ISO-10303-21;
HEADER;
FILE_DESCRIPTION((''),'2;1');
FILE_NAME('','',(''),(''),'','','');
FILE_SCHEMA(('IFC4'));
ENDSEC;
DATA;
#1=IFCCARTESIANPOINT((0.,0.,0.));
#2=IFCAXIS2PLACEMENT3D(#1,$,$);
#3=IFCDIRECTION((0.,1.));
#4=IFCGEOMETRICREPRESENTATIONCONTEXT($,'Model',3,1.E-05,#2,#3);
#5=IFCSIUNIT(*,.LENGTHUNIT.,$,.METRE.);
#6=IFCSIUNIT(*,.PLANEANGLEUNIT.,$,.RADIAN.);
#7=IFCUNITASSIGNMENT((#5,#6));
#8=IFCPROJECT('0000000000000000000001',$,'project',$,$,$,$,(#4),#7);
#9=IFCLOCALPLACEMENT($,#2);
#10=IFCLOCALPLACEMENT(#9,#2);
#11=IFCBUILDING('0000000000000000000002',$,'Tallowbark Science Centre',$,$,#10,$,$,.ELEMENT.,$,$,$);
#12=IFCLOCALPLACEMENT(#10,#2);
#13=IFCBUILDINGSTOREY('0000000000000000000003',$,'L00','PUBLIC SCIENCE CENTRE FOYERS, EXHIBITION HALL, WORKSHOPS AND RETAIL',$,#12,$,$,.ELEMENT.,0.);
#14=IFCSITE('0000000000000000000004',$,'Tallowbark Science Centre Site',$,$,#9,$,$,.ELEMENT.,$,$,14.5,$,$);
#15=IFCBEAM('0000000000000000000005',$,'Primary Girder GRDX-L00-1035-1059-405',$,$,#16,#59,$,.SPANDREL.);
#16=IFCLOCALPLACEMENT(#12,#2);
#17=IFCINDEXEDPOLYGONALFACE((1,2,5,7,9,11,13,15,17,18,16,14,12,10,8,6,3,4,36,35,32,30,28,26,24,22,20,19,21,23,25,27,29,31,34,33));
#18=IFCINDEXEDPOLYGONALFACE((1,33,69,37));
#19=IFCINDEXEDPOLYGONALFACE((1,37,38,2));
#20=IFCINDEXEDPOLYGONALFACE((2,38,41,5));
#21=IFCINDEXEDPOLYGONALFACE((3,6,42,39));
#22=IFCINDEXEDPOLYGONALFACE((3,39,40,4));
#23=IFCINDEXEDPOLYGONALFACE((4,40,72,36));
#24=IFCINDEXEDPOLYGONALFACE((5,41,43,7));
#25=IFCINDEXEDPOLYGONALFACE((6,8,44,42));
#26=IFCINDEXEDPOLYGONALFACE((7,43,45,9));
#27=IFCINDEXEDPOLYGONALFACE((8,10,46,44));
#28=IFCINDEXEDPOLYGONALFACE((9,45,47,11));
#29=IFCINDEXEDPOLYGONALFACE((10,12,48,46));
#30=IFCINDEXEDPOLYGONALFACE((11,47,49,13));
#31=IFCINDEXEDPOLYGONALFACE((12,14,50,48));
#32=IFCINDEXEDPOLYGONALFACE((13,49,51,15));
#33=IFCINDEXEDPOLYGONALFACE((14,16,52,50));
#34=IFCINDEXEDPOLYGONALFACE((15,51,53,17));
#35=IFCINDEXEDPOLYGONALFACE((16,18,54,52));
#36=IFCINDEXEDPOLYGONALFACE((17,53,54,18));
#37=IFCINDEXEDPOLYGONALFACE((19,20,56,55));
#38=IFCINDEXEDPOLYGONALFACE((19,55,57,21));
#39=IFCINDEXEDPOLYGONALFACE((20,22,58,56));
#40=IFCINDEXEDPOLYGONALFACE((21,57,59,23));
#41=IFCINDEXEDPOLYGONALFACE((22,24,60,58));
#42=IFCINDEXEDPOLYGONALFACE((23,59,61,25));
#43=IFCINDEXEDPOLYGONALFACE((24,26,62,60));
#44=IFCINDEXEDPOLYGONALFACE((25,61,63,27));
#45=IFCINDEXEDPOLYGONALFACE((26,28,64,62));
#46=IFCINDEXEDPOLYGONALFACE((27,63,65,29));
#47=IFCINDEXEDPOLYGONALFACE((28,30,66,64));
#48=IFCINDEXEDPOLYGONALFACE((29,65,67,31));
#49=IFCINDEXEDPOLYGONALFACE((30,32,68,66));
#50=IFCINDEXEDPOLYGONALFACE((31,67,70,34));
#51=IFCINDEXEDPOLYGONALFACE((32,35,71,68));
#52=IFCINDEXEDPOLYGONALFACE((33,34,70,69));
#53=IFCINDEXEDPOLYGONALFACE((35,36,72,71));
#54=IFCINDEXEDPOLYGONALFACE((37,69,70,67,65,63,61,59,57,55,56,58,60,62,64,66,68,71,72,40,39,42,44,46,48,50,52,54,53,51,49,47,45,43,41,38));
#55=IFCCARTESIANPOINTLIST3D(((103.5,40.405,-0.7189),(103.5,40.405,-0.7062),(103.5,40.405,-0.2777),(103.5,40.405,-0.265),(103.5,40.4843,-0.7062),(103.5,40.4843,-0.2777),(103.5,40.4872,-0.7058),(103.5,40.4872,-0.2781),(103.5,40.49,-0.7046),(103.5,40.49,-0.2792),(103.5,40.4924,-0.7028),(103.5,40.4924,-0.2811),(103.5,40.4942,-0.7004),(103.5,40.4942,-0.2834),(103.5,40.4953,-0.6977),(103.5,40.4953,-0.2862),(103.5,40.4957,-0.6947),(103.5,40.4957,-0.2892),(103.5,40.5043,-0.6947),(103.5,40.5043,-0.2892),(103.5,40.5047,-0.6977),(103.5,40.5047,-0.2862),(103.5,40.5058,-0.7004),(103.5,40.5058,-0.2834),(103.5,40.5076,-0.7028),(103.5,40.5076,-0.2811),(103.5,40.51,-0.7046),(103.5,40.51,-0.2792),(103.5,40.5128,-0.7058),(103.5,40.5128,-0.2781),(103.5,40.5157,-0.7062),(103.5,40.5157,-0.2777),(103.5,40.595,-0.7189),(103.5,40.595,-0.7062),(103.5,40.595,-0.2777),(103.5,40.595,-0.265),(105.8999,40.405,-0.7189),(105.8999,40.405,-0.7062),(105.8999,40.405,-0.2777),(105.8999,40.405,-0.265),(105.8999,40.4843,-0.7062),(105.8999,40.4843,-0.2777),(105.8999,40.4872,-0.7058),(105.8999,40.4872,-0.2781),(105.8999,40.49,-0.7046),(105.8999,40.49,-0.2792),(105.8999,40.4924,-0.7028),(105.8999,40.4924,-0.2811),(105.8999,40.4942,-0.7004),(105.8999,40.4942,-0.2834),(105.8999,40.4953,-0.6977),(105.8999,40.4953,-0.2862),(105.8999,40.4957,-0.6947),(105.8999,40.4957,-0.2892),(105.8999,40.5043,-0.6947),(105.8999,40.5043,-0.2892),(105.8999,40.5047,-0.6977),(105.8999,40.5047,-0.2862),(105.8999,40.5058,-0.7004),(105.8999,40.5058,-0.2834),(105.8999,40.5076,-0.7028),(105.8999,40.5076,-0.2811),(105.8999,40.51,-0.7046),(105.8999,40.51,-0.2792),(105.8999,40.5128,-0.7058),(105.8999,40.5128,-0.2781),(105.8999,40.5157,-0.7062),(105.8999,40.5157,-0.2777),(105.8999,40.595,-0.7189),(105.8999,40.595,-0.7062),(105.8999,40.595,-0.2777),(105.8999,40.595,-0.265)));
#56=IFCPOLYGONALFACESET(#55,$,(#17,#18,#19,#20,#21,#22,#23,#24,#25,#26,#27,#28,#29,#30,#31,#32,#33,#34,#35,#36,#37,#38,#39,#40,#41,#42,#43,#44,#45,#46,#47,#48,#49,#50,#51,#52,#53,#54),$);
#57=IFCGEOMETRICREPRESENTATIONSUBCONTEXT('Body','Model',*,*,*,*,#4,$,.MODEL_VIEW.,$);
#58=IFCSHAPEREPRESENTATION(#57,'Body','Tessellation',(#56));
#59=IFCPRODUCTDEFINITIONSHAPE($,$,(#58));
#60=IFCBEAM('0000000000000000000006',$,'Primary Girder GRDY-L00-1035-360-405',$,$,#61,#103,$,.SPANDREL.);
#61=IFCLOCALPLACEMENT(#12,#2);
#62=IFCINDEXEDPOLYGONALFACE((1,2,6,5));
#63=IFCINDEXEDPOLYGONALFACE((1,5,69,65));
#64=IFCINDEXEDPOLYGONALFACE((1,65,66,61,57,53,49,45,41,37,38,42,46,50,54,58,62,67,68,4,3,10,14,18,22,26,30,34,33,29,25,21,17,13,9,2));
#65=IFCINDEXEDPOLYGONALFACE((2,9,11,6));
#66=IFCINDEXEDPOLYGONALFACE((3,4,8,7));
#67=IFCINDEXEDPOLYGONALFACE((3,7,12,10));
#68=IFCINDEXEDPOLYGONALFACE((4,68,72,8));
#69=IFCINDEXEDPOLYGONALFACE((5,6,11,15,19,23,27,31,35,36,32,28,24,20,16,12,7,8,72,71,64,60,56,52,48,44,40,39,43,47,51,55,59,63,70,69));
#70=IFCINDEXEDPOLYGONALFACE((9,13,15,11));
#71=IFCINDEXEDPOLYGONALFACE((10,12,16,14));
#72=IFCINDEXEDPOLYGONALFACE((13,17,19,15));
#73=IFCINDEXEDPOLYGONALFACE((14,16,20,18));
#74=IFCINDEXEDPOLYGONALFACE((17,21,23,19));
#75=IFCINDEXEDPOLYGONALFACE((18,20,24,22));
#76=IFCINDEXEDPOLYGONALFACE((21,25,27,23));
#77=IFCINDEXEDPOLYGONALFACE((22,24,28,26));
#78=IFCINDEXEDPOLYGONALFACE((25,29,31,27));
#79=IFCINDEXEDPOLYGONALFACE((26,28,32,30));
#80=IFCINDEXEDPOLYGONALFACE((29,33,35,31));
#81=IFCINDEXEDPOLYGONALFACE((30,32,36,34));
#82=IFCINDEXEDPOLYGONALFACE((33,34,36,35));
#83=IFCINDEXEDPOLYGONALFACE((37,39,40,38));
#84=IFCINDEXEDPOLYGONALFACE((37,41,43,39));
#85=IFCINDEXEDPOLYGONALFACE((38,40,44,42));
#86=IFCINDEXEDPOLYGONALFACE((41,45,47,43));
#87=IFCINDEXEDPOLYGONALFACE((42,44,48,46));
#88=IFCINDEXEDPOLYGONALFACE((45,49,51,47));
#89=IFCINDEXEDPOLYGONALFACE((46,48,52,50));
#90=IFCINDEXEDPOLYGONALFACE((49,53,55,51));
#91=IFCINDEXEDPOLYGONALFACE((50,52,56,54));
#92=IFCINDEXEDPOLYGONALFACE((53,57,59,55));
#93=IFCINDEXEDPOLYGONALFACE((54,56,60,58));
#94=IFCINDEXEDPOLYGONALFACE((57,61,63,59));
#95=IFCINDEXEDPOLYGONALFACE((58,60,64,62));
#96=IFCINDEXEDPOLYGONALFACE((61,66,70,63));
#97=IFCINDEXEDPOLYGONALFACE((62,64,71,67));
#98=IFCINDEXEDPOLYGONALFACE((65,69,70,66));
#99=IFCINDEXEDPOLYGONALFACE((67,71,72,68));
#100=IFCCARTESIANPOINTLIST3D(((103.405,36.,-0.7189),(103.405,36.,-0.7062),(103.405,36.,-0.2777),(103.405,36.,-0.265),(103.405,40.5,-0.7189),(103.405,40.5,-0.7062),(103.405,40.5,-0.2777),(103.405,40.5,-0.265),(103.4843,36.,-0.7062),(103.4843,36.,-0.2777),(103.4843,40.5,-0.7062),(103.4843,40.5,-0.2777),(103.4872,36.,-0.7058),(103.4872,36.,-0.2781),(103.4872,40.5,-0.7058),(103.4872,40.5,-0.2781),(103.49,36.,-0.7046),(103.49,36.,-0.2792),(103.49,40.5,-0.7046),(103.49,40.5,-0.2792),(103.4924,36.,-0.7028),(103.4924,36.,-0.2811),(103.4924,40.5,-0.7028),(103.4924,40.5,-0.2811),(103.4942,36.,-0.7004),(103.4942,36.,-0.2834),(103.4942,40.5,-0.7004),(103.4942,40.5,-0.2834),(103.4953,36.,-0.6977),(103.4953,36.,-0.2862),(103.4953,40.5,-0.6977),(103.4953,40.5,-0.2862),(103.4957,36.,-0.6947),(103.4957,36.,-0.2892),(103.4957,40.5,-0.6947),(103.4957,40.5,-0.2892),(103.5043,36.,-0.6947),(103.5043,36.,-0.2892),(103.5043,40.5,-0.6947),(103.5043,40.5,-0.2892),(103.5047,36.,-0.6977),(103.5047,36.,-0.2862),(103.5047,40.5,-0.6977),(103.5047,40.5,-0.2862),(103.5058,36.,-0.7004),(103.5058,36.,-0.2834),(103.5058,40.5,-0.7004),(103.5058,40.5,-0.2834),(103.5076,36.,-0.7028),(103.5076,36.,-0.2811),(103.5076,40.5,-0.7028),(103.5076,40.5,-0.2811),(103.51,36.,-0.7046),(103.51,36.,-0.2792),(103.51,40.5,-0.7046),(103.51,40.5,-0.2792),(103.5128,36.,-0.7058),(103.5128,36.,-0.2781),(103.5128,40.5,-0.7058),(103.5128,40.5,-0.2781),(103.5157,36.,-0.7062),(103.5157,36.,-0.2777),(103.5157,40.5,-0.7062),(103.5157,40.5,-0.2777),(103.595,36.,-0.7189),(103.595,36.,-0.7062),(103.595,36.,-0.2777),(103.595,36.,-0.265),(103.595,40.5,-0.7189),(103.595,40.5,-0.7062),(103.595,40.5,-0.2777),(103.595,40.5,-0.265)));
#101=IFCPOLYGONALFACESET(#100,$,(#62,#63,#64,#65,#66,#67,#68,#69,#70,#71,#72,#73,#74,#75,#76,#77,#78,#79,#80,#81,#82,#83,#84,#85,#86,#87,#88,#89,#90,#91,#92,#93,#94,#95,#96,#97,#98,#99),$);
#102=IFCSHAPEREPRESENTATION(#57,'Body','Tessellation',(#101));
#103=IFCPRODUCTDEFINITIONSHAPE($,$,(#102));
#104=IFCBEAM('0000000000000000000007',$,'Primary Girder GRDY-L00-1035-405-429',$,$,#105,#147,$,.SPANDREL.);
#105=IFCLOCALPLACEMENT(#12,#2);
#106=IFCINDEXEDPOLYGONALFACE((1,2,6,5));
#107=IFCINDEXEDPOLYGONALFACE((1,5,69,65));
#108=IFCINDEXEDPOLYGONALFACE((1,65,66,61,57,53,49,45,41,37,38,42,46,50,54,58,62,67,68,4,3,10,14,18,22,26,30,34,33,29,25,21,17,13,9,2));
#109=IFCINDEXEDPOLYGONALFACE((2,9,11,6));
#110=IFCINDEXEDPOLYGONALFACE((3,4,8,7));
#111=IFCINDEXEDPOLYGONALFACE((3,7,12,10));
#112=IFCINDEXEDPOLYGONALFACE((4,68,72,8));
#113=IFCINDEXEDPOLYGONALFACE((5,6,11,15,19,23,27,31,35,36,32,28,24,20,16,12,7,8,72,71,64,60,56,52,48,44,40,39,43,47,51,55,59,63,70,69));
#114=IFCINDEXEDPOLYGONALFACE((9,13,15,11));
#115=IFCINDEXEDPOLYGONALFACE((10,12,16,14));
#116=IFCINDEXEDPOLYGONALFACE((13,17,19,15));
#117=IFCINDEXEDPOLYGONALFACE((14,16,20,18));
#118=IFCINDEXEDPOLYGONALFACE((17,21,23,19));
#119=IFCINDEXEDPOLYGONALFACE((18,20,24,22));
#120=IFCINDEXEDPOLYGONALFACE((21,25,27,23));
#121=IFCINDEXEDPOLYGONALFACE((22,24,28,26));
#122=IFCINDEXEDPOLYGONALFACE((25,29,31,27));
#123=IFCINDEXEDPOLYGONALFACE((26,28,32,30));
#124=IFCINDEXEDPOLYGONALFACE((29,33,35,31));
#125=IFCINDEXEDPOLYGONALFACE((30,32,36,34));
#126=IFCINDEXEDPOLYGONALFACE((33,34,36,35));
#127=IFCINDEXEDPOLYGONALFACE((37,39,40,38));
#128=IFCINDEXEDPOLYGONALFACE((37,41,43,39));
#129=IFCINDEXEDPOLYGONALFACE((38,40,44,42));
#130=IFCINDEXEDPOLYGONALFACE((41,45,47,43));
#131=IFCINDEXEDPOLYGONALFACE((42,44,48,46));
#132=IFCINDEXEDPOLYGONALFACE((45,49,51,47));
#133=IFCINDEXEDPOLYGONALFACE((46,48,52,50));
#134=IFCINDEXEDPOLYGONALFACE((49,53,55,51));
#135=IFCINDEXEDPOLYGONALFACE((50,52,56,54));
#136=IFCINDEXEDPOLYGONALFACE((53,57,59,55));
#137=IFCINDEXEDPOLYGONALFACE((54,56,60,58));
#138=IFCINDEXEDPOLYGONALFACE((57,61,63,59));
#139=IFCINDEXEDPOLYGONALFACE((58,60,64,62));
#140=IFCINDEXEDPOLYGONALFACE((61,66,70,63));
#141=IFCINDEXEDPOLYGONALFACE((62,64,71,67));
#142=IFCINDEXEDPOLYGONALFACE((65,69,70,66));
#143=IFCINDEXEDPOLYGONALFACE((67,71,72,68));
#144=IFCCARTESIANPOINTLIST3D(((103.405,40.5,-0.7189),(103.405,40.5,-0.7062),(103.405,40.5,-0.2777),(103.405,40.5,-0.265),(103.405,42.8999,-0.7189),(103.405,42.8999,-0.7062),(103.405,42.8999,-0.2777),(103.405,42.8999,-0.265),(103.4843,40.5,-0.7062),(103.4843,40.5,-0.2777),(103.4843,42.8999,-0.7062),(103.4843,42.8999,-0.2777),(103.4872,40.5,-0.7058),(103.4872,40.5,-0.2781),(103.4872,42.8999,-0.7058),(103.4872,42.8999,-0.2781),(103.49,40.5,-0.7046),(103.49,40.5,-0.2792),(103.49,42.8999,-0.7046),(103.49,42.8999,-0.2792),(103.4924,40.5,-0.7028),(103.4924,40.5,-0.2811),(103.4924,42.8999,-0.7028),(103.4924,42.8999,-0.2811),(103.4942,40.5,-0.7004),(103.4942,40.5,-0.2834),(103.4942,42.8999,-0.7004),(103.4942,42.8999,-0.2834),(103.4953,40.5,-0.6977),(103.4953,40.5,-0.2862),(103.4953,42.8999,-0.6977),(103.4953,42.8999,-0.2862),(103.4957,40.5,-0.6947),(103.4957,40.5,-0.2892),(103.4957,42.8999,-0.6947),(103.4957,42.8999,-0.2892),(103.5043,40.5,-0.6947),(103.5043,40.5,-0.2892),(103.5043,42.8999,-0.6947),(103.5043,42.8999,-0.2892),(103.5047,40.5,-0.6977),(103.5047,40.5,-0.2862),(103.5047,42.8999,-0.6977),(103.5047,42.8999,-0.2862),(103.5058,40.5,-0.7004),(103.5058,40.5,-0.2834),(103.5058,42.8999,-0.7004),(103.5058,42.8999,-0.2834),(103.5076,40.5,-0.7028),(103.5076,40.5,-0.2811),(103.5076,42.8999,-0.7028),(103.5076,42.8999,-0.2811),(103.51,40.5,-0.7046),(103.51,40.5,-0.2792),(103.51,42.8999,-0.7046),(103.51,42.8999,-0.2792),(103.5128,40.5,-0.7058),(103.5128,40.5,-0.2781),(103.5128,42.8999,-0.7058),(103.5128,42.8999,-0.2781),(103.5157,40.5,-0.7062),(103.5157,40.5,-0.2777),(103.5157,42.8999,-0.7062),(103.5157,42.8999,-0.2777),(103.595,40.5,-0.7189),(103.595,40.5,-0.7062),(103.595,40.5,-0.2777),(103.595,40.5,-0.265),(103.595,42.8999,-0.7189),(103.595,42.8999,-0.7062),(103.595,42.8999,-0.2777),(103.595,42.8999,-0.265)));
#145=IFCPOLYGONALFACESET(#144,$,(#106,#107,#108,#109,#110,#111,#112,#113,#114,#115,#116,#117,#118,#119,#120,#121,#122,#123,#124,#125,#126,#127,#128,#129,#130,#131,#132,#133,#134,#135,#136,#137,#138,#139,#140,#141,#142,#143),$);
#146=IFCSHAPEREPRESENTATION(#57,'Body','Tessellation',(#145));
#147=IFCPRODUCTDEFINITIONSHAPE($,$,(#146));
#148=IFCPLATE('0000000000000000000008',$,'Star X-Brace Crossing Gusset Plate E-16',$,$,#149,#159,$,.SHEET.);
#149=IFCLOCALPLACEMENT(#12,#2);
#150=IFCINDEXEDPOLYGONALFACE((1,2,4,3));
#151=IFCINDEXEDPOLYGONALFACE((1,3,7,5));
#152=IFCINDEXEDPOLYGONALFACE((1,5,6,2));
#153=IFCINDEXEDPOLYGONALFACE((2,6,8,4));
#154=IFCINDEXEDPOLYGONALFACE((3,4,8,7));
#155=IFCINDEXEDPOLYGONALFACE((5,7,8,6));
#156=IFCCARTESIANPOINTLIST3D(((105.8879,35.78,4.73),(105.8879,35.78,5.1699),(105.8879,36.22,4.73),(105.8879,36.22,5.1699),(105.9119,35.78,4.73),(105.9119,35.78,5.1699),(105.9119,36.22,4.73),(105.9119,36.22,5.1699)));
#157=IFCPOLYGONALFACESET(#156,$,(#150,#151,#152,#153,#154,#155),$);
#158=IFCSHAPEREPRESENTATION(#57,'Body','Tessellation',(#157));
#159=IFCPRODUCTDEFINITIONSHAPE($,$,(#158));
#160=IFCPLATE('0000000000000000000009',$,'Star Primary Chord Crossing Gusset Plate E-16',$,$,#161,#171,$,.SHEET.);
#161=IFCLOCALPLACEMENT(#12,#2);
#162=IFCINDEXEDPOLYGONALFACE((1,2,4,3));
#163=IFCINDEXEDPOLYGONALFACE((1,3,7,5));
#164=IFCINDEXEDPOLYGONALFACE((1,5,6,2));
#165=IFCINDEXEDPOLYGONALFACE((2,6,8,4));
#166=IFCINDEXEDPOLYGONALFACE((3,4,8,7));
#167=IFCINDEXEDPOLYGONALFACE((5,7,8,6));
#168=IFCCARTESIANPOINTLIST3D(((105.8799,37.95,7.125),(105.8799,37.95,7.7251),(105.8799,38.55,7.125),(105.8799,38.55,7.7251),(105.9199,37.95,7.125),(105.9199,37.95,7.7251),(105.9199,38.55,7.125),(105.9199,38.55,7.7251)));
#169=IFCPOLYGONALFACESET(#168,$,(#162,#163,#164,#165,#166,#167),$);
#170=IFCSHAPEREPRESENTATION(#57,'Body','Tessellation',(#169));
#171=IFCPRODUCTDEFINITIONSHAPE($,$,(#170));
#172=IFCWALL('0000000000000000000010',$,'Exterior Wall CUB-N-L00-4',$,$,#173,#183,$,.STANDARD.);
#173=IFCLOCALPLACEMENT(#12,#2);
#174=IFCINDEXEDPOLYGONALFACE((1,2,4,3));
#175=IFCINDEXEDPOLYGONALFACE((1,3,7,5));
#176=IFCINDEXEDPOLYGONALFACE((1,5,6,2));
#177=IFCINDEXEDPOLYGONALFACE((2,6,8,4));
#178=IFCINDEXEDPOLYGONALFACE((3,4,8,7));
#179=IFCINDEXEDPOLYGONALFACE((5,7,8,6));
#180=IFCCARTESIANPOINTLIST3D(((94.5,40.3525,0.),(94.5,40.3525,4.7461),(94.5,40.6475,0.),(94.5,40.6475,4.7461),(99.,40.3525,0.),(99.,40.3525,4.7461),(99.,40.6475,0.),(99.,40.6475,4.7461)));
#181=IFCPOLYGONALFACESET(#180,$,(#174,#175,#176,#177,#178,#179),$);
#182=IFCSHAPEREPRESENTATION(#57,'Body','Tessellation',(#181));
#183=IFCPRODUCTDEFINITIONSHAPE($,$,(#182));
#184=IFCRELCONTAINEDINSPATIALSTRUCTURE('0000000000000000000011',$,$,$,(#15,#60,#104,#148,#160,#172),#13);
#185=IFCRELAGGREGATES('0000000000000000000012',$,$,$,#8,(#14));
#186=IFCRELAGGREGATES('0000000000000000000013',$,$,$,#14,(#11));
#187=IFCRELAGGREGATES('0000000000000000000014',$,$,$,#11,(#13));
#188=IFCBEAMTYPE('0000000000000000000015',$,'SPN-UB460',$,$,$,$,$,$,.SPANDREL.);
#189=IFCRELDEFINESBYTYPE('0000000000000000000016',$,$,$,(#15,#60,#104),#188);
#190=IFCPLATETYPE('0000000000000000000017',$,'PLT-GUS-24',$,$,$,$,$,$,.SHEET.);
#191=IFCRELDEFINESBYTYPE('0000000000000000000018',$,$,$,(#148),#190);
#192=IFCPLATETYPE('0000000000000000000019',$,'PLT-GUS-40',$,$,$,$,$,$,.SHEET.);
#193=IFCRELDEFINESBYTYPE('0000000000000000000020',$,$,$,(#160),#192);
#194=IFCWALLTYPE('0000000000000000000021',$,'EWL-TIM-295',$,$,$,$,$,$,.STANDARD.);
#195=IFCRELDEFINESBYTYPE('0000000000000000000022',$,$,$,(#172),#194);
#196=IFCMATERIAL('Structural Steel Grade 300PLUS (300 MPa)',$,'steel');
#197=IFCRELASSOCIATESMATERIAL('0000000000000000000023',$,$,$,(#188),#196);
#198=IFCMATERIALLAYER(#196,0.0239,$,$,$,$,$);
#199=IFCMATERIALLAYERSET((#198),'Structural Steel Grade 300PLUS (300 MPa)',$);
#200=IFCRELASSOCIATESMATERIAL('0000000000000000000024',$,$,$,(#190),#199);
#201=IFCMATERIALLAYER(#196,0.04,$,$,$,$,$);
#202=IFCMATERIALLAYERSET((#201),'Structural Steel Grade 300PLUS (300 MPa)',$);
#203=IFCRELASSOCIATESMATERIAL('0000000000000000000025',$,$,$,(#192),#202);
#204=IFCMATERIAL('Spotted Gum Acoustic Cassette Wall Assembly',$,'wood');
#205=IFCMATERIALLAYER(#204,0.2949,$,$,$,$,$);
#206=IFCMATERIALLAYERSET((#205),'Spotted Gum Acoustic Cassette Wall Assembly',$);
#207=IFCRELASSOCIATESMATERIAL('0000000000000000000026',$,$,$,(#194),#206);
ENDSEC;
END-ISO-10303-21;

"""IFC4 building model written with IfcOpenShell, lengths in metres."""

from ifc_helpers import new_model, si_unit, direction, frame, frame_2d, origin, origin_2d, place, context, subcontext, project, spatial, rectangle, i_section, extrude, material, layer, layer_set, material_profile, profile_set, type_object, element, save


model = new_model("IFC4")

# Units and contexts
model_context = context("Model", 3, precision=1e-05, world=origin(), true_north=direction((0.0, 1.0)))
body_context = subcontext(model_context, "Body", "Model", "MODEL_VIEW")
ifc_project = project(units=[si_unit("LENGTHUNIT", "METRE"), si_unit("PLANEANGLEUNIT", "RADIAN")], contexts=[model_context])

# Site, building, storey
site_placement = place(None, origin())
site = spatial("IfcSite", under=ifc_project, at=site_placement, Name="Tallowbark Science Centre Site", CompositionType="ELEMENT", RefElevation=14.5)
building_placement = place(site_placement, origin())
building = spatial("IfcBuilding", under=site, at=building_placement, Name="Tallowbark Science Centre", CompositionType="ELEMENT")
storey_placement = place(building_placement, origin())
storey = spatial("IfcBuildingStorey", under=building, at=storey_placement, Name="L00", Description="PUBLIC SCIENCE CENTRE FOYERS, EXHIBITION HALL, WORKSHOPS AND RETAIL", CompositionType="ELEMENT", Elevation=0.0)

# Shared definitions
ifc_material_1 = material(Name="Structural Steel Grade 300PLUS (300 MPa)", Category="steel")

# Beams
ifc_material_profile_1 = material_profile(ifc_material_1, i_section(OverallWidth=0.1899, OverallDepth=0.4539, WebThickness=0.0085, FlangeThickness=0.0127, FilletRadius=0.0115, at=origin_2d()), Name="460UB67.1")
ifc_profile_set_1 = profile_set([ifc_material_profile_1], Name="Structural Steel Grade 300PLUS (300 MPa)")
beam_type_1 = type_object("IfcBeamType", Name="SPN-UB460", PredefinedType="SPANDREL", material=ifc_profile_set_1)
beam_1_placement = place(storey_placement, frame((103.5, 40.5, -0.4919), z_axis=(1.0, 0.0, 0.0), x_axis=(0.0, 1.0, 0.0)))
element("IfcBeam", 1, at=beam_1_placement, inside=storey, type_object=beam_type_1, Name="Primary Girder GRDX-L00-1035-1059-405", PredefinedType="SPANDREL", context=body_context, shape_type="SweptSolid", body=[
    extrude(i_section(OverallWidth=0.1899, OverallDepth=0.4539, WebThickness=0.0085, FlangeThickness=0.0127, FilletRadius=0.0115, at=origin_2d()), origin(), (0.0, 0.0, 1.0), 2.3999),
])
beam_2_placement = place(storey_placement, frame((103.5, 36.0, -0.4919), z_axis=(0.0, 1.0, 0.0), x_axis=(-1.0, 0.0, 0.0)))
element("IfcBeam", 2, at=beam_2_placement, inside=storey, type_object=beam_type_1, Name="Primary Girder GRDY-L00-1035-360-405", PredefinedType="SPANDREL", context=body_context, shape_type="SweptSolid", body=[
    extrude(i_section(OverallWidth=0.1899, OverallDepth=0.4539, WebThickness=0.0085, FlangeThickness=0.0127, FilletRadius=0.0115, at=origin_2d()), origin(), (0.0, 0.0, 1.0), 4.5),
])
beam_3_placement = place(storey_placement, frame((103.5, 40.5, -0.4919), z_axis=(0.0, 1.0, 0.0), x_axis=(-1.0, 0.0, 0.0)))
element("IfcBeam", 3, at=beam_3_placement, inside=storey, type_object=beam_type_1, Name="Primary Girder GRDY-L00-1035-405-429", PredefinedType="SPANDREL", context=body_context, shape_type="SweptSolid", body=[
    extrude(i_section(OverallWidth=0.1899, OverallDepth=0.4539, WebThickness=0.0085, FlangeThickness=0.0127, FilletRadius=0.0115, at=origin_2d()), origin(), (0.0, 0.0, 1.0), 2.3999),
])

# Plates
ifc_layer_1 = layer(ifc_material_1, 0.0239)
ifc_layer_set_1 = layer_set([ifc_layer_1], Name="Structural Steel Grade 300PLUS (300 MPa)")
plate_type_1 = type_object("IfcPlateType", Name="PLT-GUS-24", PredefinedType="SHEET", material=ifc_layer_set_1)
plate_1_placement = place(storey_placement, frame((105.8999, 36.0, 4.73), z_axis=(0.0, 0.0, 1.0), x_axis=(0.0, 1.0, 0.0)))
element("IfcPlate", 4, at=plate_1_placement, inside=storey, type_object=plate_type_1, Name="Star X-Brace Crossing Gusset Plate E-16", PredefinedType="SHEET", context=body_context, shape_type="SweptSolid", body=[
    extrude(rectangle(XDim=0.4399, YDim=0.0239, at=origin_2d()), origin(), (0.0, 0.0, 1.0), 0.4399),
])
ifc_layer_2 = layer(ifc_material_1, 0.04)
ifc_layer_set_2 = layer_set([ifc_layer_2], Name="Structural Steel Grade 300PLUS (300 MPa)")
plate_type_2 = type_object("IfcPlateType", Name="PLT-GUS-40", PredefinedType="SHEET", material=ifc_layer_set_2)
plate_2_placement = place(storey_placement, frame((105.8999, 38.25, 7.125), z_axis=(0.0, 0.0, 1.0), x_axis=(0.0, 1.0, 0.0)))
element("IfcPlate", 5, at=plate_2_placement, inside=storey, type_object=plate_type_2, Name="Star Primary Chord Crossing Gusset Plate E-16", PredefinedType="SHEET", context=body_context, shape_type="SweptSolid", body=[
    extrude(rectangle(XDim=0.6001, YDim=0.04, at=origin_2d()), origin(), (0.0, 0.0, 1.0), 0.6001),
])

# Wall
ifc_material_2 = material(Name="Spotted Gum Acoustic Cassette Wall Assembly", Category="wood")
ifc_layer_3 = layer(ifc_material_2, 0.2949)
ifc_layer_set_3 = layer_set([ifc_layer_3], Name="Spotted Gum Acoustic Cassette Wall Assembly")
wall_type_1 = type_object("IfcWallType", Name="EWL-TIM-295", PredefinedType="STANDARD", material=ifc_layer_set_3)
wall_1_placement = place(storey_placement, frame((99.0, 40.5, 0.0), z_axis=(0.0, 0.0, 1.0), x_axis=(-1.0, 0.0, 0.0)))
element("IfcWall", 6, at=wall_1_placement, inside=storey, type_object=wall_type_1, Name="Exterior Wall CUB-N-L00-4", PredefinedType="STANDARD", context=body_context, shape_type="SweptSolid", body=[
    extrude(rectangle(XDim=4.5, YDim=0.2949, at=frame_2d((2.25, 0.0))), origin(), (0.0, 0.0, 1.0), 4.7461),
])

save(model, "model.ifc")
